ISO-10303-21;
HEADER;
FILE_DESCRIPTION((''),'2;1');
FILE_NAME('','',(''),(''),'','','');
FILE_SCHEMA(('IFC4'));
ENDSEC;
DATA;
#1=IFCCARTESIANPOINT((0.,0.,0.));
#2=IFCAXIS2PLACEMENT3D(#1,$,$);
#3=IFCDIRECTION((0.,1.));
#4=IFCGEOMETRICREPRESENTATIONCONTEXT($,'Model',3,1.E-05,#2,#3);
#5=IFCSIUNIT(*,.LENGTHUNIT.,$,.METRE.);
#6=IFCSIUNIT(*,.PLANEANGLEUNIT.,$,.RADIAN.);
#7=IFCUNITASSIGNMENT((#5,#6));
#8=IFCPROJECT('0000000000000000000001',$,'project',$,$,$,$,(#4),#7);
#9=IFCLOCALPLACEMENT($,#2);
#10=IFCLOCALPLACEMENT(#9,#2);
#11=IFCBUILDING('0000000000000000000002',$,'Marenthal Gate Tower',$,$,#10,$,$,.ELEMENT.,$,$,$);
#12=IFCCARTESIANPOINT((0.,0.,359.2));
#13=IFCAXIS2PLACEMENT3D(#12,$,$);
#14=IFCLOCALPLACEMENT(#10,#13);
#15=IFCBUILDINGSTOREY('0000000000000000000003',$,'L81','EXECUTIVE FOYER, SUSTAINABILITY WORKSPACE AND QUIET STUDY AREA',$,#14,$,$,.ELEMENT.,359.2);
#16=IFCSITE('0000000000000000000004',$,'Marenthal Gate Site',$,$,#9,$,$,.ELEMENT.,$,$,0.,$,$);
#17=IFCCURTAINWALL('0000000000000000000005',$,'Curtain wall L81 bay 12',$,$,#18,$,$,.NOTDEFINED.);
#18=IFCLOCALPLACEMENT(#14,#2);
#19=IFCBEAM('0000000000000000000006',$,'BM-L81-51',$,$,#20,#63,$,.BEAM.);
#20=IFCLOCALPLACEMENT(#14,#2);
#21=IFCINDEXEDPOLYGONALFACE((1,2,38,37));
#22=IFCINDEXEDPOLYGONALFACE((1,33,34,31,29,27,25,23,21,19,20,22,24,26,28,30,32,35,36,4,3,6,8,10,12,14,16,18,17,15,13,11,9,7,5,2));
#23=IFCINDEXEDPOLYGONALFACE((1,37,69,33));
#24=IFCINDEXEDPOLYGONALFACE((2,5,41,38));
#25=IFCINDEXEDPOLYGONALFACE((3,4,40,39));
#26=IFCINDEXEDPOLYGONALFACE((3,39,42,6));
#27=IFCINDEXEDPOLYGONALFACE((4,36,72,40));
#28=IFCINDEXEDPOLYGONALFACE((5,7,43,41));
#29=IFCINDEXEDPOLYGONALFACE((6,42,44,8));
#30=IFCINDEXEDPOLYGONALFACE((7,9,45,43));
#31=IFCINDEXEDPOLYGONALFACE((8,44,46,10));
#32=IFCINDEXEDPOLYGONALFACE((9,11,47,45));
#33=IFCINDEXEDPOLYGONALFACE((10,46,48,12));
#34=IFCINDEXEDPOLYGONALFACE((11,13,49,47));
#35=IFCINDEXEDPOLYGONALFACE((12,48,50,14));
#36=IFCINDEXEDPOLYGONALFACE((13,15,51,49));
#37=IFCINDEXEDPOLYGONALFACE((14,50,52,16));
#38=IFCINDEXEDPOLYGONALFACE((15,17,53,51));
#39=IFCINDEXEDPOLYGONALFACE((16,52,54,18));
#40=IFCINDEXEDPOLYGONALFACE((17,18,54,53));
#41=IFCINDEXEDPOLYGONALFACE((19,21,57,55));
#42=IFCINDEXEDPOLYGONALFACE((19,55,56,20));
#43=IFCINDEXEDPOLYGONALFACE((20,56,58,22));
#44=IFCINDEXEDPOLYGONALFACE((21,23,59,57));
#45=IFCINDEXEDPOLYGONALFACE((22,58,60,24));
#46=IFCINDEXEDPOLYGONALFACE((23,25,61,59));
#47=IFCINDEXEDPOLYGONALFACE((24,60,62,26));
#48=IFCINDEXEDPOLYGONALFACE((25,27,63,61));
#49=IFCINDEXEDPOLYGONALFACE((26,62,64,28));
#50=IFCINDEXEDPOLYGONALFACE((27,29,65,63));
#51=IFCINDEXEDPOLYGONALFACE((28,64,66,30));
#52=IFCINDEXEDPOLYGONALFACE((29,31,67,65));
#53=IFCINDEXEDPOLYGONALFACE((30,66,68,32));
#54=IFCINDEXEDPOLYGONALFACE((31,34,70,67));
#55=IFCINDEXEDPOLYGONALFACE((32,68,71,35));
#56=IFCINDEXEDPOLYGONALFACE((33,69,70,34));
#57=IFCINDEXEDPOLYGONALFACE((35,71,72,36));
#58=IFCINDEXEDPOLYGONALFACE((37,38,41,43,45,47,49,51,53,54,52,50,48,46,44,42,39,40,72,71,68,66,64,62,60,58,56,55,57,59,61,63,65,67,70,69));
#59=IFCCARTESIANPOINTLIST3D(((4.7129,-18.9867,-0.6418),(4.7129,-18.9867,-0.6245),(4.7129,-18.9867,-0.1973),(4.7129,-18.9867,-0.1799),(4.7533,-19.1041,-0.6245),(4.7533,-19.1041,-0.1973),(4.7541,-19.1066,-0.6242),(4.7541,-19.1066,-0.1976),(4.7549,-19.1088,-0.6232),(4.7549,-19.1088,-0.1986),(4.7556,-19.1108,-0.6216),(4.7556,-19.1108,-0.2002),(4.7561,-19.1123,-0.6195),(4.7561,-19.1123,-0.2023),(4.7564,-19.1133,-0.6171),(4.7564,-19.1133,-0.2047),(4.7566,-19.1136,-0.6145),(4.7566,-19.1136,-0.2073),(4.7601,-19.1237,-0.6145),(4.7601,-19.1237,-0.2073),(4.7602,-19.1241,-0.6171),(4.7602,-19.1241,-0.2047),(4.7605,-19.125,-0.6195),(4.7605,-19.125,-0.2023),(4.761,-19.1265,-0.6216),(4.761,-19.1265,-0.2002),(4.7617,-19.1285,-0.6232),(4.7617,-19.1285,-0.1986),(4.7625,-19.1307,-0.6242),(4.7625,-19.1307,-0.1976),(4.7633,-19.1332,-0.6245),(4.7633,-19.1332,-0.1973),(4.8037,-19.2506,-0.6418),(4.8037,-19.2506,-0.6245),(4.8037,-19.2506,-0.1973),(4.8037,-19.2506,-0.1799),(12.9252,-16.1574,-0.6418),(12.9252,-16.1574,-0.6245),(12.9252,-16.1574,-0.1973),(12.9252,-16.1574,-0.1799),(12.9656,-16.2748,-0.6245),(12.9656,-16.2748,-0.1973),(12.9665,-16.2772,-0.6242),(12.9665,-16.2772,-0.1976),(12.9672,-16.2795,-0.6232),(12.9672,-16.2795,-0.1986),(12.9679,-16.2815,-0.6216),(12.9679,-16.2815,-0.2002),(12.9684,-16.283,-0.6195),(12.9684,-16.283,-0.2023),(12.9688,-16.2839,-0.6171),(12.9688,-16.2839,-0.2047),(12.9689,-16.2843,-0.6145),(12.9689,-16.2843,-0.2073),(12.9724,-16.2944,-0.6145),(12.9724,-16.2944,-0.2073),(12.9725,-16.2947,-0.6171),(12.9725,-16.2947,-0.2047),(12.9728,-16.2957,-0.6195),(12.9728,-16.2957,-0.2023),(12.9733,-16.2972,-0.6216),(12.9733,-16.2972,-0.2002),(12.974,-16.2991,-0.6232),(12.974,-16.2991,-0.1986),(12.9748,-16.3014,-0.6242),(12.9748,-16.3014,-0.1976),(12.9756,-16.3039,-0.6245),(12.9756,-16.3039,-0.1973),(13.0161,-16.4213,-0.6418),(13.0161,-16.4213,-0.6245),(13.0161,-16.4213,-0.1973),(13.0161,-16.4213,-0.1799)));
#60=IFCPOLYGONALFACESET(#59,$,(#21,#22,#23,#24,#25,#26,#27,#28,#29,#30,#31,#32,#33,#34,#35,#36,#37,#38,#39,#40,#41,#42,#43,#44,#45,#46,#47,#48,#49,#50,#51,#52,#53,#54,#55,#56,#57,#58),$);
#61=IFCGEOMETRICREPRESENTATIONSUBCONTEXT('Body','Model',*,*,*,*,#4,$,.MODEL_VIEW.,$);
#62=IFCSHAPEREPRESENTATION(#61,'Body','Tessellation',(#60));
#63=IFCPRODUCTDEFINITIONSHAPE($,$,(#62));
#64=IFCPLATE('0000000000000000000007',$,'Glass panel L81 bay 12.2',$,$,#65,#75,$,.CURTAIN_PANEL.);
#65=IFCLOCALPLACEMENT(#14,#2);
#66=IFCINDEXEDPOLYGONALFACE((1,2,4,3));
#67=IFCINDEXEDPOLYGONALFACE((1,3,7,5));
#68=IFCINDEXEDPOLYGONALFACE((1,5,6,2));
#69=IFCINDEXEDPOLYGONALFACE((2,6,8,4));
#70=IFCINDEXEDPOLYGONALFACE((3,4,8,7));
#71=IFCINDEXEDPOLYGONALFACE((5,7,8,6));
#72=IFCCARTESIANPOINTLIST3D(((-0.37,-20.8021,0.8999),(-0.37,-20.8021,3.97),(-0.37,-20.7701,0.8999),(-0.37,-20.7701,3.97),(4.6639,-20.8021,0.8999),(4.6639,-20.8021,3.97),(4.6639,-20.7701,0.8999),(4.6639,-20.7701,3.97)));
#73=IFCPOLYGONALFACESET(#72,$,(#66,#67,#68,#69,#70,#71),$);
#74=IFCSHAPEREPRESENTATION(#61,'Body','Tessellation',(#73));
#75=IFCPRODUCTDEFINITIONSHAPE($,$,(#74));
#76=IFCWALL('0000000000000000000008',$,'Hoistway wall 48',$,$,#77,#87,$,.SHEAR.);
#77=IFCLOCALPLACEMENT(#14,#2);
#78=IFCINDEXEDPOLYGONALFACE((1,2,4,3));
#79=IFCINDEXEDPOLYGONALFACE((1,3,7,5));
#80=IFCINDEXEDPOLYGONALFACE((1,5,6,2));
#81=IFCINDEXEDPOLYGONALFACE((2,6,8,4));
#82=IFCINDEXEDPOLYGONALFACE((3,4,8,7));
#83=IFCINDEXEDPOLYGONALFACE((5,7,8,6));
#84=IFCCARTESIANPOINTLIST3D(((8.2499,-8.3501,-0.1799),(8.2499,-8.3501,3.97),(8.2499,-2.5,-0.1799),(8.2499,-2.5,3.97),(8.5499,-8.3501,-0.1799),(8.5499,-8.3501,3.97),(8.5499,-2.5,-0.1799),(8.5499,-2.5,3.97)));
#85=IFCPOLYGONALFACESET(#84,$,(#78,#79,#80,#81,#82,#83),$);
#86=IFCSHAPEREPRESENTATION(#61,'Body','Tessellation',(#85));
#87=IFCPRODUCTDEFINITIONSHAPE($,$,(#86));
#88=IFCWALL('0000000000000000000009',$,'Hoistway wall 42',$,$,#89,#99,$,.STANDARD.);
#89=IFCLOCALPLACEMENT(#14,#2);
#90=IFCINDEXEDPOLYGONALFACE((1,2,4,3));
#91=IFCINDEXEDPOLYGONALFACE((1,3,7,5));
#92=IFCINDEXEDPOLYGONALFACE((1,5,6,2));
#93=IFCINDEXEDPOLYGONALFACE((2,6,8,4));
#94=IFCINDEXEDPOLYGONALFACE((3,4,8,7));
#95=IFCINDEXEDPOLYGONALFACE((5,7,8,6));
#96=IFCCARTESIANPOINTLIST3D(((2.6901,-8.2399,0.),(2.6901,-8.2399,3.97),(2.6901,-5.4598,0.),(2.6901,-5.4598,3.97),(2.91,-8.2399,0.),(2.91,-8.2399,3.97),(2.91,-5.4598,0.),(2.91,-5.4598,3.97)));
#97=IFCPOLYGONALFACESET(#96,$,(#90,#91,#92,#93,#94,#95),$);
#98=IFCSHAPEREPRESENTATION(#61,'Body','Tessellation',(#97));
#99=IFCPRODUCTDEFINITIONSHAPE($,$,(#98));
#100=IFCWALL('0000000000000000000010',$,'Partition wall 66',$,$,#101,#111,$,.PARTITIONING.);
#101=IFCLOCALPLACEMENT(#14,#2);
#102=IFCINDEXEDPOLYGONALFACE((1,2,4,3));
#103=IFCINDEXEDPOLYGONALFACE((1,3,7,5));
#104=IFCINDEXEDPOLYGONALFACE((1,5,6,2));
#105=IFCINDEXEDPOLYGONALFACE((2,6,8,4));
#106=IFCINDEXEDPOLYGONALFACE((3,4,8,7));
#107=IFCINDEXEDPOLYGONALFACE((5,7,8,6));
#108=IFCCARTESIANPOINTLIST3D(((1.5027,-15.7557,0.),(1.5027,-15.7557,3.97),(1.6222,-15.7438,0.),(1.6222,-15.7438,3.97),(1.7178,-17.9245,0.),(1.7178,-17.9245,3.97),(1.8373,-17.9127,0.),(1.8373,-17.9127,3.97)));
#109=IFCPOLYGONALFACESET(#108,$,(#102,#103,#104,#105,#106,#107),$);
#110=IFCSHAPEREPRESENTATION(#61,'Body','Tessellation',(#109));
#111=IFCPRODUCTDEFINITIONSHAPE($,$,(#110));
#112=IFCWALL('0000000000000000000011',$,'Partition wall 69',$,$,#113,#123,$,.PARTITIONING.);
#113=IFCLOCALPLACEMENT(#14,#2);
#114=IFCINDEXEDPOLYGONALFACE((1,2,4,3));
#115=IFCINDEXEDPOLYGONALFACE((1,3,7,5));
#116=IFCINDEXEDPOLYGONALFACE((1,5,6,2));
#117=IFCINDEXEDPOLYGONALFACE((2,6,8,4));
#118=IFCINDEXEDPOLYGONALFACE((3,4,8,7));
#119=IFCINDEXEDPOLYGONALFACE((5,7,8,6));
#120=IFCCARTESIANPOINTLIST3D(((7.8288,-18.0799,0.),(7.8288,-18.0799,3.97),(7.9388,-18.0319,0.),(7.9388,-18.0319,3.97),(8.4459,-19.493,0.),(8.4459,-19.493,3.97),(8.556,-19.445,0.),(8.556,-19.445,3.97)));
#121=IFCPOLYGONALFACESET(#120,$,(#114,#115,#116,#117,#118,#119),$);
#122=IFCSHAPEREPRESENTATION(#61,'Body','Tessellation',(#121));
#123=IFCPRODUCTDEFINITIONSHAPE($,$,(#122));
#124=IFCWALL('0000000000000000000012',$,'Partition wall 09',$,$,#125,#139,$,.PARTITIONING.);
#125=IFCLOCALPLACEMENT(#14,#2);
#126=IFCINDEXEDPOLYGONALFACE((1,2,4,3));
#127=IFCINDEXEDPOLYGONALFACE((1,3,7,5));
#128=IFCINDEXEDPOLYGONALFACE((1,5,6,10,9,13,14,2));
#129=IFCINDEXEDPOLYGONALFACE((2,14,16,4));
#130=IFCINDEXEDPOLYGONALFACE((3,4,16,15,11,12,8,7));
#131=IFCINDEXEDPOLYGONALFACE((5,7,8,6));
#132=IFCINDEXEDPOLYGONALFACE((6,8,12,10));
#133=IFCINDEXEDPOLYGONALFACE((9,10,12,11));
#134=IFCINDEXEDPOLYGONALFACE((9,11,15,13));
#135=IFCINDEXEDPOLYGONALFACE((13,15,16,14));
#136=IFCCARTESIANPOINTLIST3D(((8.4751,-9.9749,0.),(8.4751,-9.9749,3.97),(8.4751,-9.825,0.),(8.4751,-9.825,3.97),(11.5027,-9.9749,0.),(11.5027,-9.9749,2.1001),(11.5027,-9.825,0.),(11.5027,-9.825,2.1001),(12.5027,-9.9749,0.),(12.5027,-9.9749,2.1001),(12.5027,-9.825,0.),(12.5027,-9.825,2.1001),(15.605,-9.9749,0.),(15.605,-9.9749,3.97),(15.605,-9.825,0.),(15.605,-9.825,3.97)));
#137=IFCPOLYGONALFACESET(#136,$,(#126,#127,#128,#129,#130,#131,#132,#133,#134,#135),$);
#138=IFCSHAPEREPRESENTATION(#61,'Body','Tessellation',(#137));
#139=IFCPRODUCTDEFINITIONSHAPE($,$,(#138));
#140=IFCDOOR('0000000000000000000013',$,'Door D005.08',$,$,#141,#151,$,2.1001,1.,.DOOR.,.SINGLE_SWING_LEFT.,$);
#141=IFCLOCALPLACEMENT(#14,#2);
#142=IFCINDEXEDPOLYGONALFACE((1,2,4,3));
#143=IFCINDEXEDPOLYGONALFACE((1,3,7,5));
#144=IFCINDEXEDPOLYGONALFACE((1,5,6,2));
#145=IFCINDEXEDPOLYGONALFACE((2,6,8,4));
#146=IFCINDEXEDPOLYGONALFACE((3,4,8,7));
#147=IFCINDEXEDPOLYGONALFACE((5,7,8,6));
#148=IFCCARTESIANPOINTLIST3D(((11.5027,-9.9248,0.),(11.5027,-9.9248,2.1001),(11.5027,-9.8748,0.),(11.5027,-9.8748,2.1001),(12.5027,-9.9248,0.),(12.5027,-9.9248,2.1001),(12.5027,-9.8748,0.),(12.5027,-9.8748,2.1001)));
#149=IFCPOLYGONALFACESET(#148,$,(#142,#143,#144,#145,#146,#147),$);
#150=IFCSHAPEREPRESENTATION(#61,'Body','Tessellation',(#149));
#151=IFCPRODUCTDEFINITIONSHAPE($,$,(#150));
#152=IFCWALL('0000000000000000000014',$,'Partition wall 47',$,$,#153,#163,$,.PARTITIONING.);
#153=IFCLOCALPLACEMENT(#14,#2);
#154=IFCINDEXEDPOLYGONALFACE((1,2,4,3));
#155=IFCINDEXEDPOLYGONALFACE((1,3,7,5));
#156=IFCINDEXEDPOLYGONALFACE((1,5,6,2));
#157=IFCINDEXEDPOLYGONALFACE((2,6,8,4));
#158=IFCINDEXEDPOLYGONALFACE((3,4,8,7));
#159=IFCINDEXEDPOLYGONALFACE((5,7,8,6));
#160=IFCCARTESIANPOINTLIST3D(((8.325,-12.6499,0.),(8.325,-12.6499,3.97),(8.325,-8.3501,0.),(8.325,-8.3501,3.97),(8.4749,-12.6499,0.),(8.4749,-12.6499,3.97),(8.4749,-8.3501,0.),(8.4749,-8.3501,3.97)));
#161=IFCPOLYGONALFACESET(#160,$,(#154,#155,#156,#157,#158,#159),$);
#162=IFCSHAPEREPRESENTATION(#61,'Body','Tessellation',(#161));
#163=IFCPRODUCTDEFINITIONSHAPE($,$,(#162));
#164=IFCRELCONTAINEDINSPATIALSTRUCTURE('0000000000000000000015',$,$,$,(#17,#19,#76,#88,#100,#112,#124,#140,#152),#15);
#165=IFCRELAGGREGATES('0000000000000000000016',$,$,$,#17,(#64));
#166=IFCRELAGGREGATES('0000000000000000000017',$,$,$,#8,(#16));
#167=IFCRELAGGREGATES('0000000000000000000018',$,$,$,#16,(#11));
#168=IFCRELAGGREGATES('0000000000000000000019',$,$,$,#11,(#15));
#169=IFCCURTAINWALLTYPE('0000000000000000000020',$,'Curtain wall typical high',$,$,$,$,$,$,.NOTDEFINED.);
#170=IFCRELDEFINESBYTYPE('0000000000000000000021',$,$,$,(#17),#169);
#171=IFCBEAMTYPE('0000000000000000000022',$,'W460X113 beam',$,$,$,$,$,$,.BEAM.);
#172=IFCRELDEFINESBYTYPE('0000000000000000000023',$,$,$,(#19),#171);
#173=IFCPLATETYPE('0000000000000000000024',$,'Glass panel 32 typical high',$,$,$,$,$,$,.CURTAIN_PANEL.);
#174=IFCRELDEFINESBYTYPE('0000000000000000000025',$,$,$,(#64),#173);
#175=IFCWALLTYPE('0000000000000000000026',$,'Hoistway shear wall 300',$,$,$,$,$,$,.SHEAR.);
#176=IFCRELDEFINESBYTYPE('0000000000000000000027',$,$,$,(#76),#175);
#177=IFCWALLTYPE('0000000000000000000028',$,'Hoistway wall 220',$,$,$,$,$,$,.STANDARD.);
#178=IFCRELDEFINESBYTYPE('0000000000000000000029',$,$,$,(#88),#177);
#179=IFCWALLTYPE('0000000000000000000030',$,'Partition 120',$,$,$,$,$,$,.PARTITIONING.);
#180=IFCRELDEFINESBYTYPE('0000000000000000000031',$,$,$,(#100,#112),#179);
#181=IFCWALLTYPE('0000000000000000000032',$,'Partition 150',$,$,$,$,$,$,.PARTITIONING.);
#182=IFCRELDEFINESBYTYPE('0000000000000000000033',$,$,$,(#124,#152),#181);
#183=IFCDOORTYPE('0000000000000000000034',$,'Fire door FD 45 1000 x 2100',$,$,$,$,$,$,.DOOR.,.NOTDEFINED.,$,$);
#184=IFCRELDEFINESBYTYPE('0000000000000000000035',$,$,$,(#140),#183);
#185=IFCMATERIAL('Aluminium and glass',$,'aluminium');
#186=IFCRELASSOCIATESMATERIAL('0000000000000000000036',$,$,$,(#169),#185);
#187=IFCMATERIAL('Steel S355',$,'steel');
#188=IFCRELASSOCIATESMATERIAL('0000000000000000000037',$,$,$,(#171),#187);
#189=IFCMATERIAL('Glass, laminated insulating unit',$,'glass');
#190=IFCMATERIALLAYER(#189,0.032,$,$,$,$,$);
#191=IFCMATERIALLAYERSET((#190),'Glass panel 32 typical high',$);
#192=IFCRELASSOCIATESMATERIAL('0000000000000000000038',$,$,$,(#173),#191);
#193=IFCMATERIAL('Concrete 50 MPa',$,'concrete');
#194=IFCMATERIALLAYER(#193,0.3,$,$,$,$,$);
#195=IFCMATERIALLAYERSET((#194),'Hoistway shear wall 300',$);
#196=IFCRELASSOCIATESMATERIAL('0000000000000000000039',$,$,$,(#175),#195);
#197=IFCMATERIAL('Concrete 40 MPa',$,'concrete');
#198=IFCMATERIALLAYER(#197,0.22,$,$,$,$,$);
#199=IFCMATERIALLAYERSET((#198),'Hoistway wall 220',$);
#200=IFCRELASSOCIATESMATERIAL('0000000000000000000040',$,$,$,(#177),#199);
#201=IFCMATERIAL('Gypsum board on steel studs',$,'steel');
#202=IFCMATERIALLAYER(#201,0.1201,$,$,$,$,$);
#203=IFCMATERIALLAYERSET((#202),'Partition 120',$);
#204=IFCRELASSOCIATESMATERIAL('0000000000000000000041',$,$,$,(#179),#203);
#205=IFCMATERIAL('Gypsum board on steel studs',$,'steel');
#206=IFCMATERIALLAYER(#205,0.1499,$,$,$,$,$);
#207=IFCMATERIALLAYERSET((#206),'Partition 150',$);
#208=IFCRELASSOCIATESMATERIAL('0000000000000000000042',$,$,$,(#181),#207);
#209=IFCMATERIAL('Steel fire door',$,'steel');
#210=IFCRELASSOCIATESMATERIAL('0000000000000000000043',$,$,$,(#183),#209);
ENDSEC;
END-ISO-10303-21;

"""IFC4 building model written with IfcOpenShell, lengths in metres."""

from ifc_helpers import new_model, si_unit, direction, frame, frame_2d, origin, origin_2d, place, context, subcontext, project, spatial, rectangle, i_section, extrude, material, layer, layer_set, material_profile, profile_set, type_object, element, fill, aggregate, save


model = new_model("IFC4")

# Units and contexts
model_context = context("Model", 3, precision=1e-05, world=origin(), true_north=direction((0.0, 1.0)))
body_context = subcontext(model_context, "Body", "Model", "MODEL_VIEW")
ifc_project = project(units=[si_unit("LENGTHUNIT", "METRE"), si_unit("PLANEANGLEUNIT", "RADIAN")], contexts=[model_context])

# Site, building, storey
site_placement = place(None, origin())
site = spatial("IfcSite", under=ifc_project, at=site_placement, Name="Marenthal Gate Site", CompositionType="ELEMENT", RefElevation=0.0)
building_placement = place(site_placement, origin())
building = spatial("IfcBuilding", under=site, at=building_placement, Name="Marenthal Gate Tower", CompositionType="ELEMENT")
storey_placement = place(building_placement, frame((0.0, 0.0, 359.2)))
storey = spatial("IfcBuildingStorey", under=building, at=storey_placement, Name="L81", Description="EXECUTIVE FOYER, SUSTAINABILITY WORKSPACE AND QUIET STUDY AREA", CompositionType="ELEMENT", Elevation=359.2)

# Curtain wall
ifc_material_1 = material(Name="Aluminium and glass", Category="aluminium")
curtain_wall_type = type_object("IfcCurtainWallType", Name="Curtain wall typical high", PredefinedType="NOTDEFINED", material=ifc_material_1)
curtain_wall_placement = place(storey_placement, origin())
curtain_wall = element("IfcCurtainWall", 1, at=curtain_wall_placement, inside=storey, type_object=curtain_wall_type, Name="Curtain wall L81 bay 12", PredefinedType="NOTDEFINED")

# Beam
ifc_material_2 = material(Name="Steel S355", Category="steel")
ifc_material_profile_1 = material_profile(ifc_material_2, i_section(OverallWidth=0.2791, OverallDepth=0.4619, WebThickness=0.0107, FlangeThickness=0.0173, FilletRadius=0.01, at=origin_2d()), Name="W460X113")
ifc_profile_set_1 = profile_set([ifc_material_profile_1], Name="Steel S355")
beam_type_1 = type_object("IfcBeamType", Name="W460X113 beam", PredefinedType="BEAM", material=ifc_profile_set_1)
beam_1_placement = place(storey_placement, frame((4.7583, -19.1187, -0.4109), z_axis=(0.945462, 0.325732, 0.0), x_axis=(-0.325732, 0.945462, 0.0)))
element("IfcBeam", 2, at=beam_1_placement, inside=storey, type_object=beam_type_1, Name="BM-L81-51", PredefinedType="BEAM", context=body_context, shape_type="SweptSolid", body=[
    extrude(i_section(OverallWidth=0.2791, OverallDepth=0.4619, WebThickness=0.0107, FlangeThickness=0.0173, FilletRadius=0.01, at=origin_2d()), origin(), (0.0, 0.0, 1.0), 8.686),
])

# Plate
ifc_material_3 = material(Name="Glass, laminated insulating unit", Category="glass")
ifc_layer_1 = layer(ifc_material_3, 0.032)
ifc_layer_set_1 = layer_set([ifc_layer_1], Name="Glass panel 32 typical high")
plate_type = type_object("IfcPlateType", Name="Glass panel 32 typical high", PredefinedType="CURTAIN_PANEL", material=ifc_layer_set_1)
plate_placement = place(storey_placement, frame((2.147, -20.7861, 0.8999), z_axis=(0.0, 0.0, 1.0), x_axis=(1.0, 0.0, 0.0)))
plate = element("IfcPlate", 3, at=plate_placement, type_object=plate_type, Name="Glass panel L81 bay 12.2", PredefinedType="CURTAIN_PANEL", context=body_context, shape_type="SweptSolid", body=[
    extrude(rectangle(XDim=5.0339, YDim=0.032, at=origin_2d()), origin(), (0.0, 0.0, 1.0), 3.0701),
])
aggregate(curtain_wall, [plate])

# Walls
ifc_material_4 = material(Name="Concrete 50 MPa", Category="concrete")
ifc_layer_2 = layer(ifc_material_4, 0.3)
ifc_layer_set_2 = layer_set([ifc_layer_2], Name="Hoistway shear wall 300")
wall_type_1 = type_object("IfcWallType", Name="Hoistway shear wall 300", PredefinedType="SHEAR", material=ifc_layer_set_2)
wall_1_placement = place(storey_placement, frame((8.3999, -8.3501, -0.1799), z_axis=(0.0, 0.0, 1.0), x_axis=(0.0, 1.0, 0.0)))
element("IfcWall", 4, at=wall_1_placement, inside=storey, type_object=wall_type_1, Name="Hoistway wall 48", PredefinedType="SHEAR", context=body_context, shape_type="SweptSolid", body=[
    extrude(rectangle(XDim=5.8501, YDim=0.3, at=frame_2d((2.925, 0.0))), origin(), (0.0, 0.0, 1.0), 4.1499),
])
ifc_material_5 = material(Name="Concrete 40 MPa", Category="concrete")
ifc_layer_3 = layer(ifc_material_5, 0.22)
ifc_layer_set_3 = layer_set([ifc_layer_3], Name="Hoistway wall 220")
wall_type_2 = type_object("IfcWallType", Name="Hoistway wall 220", PredefinedType="STANDARD", material=ifc_layer_set_3)
wall_2_placement = place(storey_placement, frame((2.8, -8.24, 0.0), z_axis=(0.0, 0.0, 1.0), x_axis=(0.0, 1.0, 0.0)))
element("IfcWall", 5, at=wall_2_placement, inside=storey, type_object=wall_type_2, Name="Hoistway wall 42", PredefinedType="STANDARD", context=body_context, shape_type="SweptSolid", body=[
    extrude(rectangle(XDim=2.78, YDim=0.22, at=frame_2d((1.3901, 0.0))), origin(), (0.0, 0.0, 1.0), 3.97),
])
ifc_material_6 = material(Name="Gypsum board on steel studs", Category="steel")
ifc_layer_4 = layer(ifc_material_6, 0.1201)
ifc_layer_set_4 = layer_set([ifc_layer_4], Name="Partition 120")
wall_type_3 = type_object("IfcWallType", Name="Partition 120", PredefinedType="PARTITIONING", material=ifc_layer_set_4)
wall_3_placement = place(storey_placement, frame((1.7776, -17.9187, 0.0), z_axis=(0.0, 0.0, 1.0), x_axis=(-0.098694, 0.995118, 0.0)))
element("IfcWall", 6, at=wall_3_placement, inside=storey, type_object=wall_type_3, Name="Partition wall 66", PredefinedType="PARTITIONING", context=body_context, shape_type="SweptSolid", body=[
    extrude(rectangle(XDim=2.1794, YDim=0.1201, at=frame_2d((1.0898, 0.0))), origin(), (0.0, 0.0, 1.0), 3.97),
])
wall_4_placement = place(storey_placement, frame((7.8838, -18.0559, 0.0), z_axis=(0.0, 0.0, 1.0), x_axis=(0.400254, -0.916404, 0.0)))
element("IfcWall", 7, at=wall_4_placement, inside=storey, type_object=wall_type_3, Name="Partition wall 69", PredefinedType="PARTITIONING", context=body_context, shape_type="SweptSolid", body=[
    extrude(rectangle(XDim=1.542, YDim=0.1201, at=frame_2d((0.771, 0.0))), origin(), (0.0, 0.0, 1.0), 3.97),
])

# Wall, opening, door
ifc_material_7 = material(Name="Gypsum board on steel studs", Category="steel")
ifc_layer_5 = layer(ifc_material_7, 0.1499)
ifc_layer_set_5 = layer_set([ifc_layer_5], Name="Partition 150")
wall_type_4 = type_object("IfcWallType", Name="Partition 150", PredefinedType="PARTITIONING", material=ifc_layer_set_5)
wall_5_placement = place(storey_placement, frame((8.4751, -9.8999, 0.0), z_axis=(0.0, 0.0, 1.0), x_axis=(1.0, 0.0, 0.0)))
wall_5 = element("IfcWall", 8, at=wall_5_placement, inside=storey, type_object=wall_type_4, Name="Partition wall 09", PredefinedType="PARTITIONING", context=body_context, shape_type="SweptSolid", body=[
    extrude(rectangle(XDim=7.1299, YDim=0.1499, at=frame_2d((3.5649, 0.0))), origin(), (0.0, 0.0, 1.0), 3.97),
])
opening_1_placement = place(wall_5_placement, frame((3.0276, 0.0, 0.0)))
opening_1 = element("IfcOpeningElement", 9, at=opening_1_placement, cuts=wall_5, PredefinedType="OPENING", context=body_context, shape_type="SweptSolid", body=[
    extrude(rectangle(XDim=1.0, YDim=2.1001, at=frame_2d((0.5, 1.05))), frame((0.0, 0.085, 0.0), z_axis=(0.0, -1.0, 0.0), x_axis=(1.0, 0.0, 0.0)), (0.0, 0.0, 1.0), 0.1699),
])
ifc_material_8 = material(Name="Steel fire door", Category="steel")
door_type_1 = type_object("IfcDoorType", Name="Fire door FD 45 1000 x 2100", OperationType="NOTDEFINED", PredefinedType="DOOR", material=ifc_material_8)
door_1_placement = place(opening_1_placement, frame((1.0, 0.0, 0.0), z_axis=(0.0, 0.0, 1.0), x_axis=(-1.0, 0.0, 0.0)))
door_1 = element("IfcDoor", 10, at=door_1_placement, inside=storey, type_object=door_type_1, Name="Door D005.08", OperationType="SINGLE_SWING_LEFT", OverallHeight=2.1001, OverallWidth=1.0, PredefinedType="DOOR", context=body_context, shape_type="SweptSolid", body=[
    extrude(rectangle(XDim=1.0, YDim=2.1001, at=frame_2d((0.5, 1.05))), frame((0.0, 0.0249, 0.0), z_axis=(0.0, -1.0, 0.0), x_axis=(1.0, 0.0, 0.0)), (0.0, 0.0, 1.0), 0.05),
])
fill(opening_1, door_1)

# Wall
wall_6_placement = place(storey_placement, frame((8.3999, -12.6499, 0.0), z_axis=(0.0, 0.0, 1.0), x_axis=(0.0, 1.0, 0.0)))
element("IfcWall", 11, at=wall_6_placement, inside=storey, type_object=wall_type_4, Name="Partition wall 47", PredefinedType="PARTITIONING", context=body_context, shape_type="SweptSolid", body=[
    extrude(rectangle(XDim=4.2998, YDim=0.1499, at=frame_2d((2.1499, 0.0))), origin(), (0.0, 0.0, 1.0), 3.97),
])

save(model, "model.ifc")
